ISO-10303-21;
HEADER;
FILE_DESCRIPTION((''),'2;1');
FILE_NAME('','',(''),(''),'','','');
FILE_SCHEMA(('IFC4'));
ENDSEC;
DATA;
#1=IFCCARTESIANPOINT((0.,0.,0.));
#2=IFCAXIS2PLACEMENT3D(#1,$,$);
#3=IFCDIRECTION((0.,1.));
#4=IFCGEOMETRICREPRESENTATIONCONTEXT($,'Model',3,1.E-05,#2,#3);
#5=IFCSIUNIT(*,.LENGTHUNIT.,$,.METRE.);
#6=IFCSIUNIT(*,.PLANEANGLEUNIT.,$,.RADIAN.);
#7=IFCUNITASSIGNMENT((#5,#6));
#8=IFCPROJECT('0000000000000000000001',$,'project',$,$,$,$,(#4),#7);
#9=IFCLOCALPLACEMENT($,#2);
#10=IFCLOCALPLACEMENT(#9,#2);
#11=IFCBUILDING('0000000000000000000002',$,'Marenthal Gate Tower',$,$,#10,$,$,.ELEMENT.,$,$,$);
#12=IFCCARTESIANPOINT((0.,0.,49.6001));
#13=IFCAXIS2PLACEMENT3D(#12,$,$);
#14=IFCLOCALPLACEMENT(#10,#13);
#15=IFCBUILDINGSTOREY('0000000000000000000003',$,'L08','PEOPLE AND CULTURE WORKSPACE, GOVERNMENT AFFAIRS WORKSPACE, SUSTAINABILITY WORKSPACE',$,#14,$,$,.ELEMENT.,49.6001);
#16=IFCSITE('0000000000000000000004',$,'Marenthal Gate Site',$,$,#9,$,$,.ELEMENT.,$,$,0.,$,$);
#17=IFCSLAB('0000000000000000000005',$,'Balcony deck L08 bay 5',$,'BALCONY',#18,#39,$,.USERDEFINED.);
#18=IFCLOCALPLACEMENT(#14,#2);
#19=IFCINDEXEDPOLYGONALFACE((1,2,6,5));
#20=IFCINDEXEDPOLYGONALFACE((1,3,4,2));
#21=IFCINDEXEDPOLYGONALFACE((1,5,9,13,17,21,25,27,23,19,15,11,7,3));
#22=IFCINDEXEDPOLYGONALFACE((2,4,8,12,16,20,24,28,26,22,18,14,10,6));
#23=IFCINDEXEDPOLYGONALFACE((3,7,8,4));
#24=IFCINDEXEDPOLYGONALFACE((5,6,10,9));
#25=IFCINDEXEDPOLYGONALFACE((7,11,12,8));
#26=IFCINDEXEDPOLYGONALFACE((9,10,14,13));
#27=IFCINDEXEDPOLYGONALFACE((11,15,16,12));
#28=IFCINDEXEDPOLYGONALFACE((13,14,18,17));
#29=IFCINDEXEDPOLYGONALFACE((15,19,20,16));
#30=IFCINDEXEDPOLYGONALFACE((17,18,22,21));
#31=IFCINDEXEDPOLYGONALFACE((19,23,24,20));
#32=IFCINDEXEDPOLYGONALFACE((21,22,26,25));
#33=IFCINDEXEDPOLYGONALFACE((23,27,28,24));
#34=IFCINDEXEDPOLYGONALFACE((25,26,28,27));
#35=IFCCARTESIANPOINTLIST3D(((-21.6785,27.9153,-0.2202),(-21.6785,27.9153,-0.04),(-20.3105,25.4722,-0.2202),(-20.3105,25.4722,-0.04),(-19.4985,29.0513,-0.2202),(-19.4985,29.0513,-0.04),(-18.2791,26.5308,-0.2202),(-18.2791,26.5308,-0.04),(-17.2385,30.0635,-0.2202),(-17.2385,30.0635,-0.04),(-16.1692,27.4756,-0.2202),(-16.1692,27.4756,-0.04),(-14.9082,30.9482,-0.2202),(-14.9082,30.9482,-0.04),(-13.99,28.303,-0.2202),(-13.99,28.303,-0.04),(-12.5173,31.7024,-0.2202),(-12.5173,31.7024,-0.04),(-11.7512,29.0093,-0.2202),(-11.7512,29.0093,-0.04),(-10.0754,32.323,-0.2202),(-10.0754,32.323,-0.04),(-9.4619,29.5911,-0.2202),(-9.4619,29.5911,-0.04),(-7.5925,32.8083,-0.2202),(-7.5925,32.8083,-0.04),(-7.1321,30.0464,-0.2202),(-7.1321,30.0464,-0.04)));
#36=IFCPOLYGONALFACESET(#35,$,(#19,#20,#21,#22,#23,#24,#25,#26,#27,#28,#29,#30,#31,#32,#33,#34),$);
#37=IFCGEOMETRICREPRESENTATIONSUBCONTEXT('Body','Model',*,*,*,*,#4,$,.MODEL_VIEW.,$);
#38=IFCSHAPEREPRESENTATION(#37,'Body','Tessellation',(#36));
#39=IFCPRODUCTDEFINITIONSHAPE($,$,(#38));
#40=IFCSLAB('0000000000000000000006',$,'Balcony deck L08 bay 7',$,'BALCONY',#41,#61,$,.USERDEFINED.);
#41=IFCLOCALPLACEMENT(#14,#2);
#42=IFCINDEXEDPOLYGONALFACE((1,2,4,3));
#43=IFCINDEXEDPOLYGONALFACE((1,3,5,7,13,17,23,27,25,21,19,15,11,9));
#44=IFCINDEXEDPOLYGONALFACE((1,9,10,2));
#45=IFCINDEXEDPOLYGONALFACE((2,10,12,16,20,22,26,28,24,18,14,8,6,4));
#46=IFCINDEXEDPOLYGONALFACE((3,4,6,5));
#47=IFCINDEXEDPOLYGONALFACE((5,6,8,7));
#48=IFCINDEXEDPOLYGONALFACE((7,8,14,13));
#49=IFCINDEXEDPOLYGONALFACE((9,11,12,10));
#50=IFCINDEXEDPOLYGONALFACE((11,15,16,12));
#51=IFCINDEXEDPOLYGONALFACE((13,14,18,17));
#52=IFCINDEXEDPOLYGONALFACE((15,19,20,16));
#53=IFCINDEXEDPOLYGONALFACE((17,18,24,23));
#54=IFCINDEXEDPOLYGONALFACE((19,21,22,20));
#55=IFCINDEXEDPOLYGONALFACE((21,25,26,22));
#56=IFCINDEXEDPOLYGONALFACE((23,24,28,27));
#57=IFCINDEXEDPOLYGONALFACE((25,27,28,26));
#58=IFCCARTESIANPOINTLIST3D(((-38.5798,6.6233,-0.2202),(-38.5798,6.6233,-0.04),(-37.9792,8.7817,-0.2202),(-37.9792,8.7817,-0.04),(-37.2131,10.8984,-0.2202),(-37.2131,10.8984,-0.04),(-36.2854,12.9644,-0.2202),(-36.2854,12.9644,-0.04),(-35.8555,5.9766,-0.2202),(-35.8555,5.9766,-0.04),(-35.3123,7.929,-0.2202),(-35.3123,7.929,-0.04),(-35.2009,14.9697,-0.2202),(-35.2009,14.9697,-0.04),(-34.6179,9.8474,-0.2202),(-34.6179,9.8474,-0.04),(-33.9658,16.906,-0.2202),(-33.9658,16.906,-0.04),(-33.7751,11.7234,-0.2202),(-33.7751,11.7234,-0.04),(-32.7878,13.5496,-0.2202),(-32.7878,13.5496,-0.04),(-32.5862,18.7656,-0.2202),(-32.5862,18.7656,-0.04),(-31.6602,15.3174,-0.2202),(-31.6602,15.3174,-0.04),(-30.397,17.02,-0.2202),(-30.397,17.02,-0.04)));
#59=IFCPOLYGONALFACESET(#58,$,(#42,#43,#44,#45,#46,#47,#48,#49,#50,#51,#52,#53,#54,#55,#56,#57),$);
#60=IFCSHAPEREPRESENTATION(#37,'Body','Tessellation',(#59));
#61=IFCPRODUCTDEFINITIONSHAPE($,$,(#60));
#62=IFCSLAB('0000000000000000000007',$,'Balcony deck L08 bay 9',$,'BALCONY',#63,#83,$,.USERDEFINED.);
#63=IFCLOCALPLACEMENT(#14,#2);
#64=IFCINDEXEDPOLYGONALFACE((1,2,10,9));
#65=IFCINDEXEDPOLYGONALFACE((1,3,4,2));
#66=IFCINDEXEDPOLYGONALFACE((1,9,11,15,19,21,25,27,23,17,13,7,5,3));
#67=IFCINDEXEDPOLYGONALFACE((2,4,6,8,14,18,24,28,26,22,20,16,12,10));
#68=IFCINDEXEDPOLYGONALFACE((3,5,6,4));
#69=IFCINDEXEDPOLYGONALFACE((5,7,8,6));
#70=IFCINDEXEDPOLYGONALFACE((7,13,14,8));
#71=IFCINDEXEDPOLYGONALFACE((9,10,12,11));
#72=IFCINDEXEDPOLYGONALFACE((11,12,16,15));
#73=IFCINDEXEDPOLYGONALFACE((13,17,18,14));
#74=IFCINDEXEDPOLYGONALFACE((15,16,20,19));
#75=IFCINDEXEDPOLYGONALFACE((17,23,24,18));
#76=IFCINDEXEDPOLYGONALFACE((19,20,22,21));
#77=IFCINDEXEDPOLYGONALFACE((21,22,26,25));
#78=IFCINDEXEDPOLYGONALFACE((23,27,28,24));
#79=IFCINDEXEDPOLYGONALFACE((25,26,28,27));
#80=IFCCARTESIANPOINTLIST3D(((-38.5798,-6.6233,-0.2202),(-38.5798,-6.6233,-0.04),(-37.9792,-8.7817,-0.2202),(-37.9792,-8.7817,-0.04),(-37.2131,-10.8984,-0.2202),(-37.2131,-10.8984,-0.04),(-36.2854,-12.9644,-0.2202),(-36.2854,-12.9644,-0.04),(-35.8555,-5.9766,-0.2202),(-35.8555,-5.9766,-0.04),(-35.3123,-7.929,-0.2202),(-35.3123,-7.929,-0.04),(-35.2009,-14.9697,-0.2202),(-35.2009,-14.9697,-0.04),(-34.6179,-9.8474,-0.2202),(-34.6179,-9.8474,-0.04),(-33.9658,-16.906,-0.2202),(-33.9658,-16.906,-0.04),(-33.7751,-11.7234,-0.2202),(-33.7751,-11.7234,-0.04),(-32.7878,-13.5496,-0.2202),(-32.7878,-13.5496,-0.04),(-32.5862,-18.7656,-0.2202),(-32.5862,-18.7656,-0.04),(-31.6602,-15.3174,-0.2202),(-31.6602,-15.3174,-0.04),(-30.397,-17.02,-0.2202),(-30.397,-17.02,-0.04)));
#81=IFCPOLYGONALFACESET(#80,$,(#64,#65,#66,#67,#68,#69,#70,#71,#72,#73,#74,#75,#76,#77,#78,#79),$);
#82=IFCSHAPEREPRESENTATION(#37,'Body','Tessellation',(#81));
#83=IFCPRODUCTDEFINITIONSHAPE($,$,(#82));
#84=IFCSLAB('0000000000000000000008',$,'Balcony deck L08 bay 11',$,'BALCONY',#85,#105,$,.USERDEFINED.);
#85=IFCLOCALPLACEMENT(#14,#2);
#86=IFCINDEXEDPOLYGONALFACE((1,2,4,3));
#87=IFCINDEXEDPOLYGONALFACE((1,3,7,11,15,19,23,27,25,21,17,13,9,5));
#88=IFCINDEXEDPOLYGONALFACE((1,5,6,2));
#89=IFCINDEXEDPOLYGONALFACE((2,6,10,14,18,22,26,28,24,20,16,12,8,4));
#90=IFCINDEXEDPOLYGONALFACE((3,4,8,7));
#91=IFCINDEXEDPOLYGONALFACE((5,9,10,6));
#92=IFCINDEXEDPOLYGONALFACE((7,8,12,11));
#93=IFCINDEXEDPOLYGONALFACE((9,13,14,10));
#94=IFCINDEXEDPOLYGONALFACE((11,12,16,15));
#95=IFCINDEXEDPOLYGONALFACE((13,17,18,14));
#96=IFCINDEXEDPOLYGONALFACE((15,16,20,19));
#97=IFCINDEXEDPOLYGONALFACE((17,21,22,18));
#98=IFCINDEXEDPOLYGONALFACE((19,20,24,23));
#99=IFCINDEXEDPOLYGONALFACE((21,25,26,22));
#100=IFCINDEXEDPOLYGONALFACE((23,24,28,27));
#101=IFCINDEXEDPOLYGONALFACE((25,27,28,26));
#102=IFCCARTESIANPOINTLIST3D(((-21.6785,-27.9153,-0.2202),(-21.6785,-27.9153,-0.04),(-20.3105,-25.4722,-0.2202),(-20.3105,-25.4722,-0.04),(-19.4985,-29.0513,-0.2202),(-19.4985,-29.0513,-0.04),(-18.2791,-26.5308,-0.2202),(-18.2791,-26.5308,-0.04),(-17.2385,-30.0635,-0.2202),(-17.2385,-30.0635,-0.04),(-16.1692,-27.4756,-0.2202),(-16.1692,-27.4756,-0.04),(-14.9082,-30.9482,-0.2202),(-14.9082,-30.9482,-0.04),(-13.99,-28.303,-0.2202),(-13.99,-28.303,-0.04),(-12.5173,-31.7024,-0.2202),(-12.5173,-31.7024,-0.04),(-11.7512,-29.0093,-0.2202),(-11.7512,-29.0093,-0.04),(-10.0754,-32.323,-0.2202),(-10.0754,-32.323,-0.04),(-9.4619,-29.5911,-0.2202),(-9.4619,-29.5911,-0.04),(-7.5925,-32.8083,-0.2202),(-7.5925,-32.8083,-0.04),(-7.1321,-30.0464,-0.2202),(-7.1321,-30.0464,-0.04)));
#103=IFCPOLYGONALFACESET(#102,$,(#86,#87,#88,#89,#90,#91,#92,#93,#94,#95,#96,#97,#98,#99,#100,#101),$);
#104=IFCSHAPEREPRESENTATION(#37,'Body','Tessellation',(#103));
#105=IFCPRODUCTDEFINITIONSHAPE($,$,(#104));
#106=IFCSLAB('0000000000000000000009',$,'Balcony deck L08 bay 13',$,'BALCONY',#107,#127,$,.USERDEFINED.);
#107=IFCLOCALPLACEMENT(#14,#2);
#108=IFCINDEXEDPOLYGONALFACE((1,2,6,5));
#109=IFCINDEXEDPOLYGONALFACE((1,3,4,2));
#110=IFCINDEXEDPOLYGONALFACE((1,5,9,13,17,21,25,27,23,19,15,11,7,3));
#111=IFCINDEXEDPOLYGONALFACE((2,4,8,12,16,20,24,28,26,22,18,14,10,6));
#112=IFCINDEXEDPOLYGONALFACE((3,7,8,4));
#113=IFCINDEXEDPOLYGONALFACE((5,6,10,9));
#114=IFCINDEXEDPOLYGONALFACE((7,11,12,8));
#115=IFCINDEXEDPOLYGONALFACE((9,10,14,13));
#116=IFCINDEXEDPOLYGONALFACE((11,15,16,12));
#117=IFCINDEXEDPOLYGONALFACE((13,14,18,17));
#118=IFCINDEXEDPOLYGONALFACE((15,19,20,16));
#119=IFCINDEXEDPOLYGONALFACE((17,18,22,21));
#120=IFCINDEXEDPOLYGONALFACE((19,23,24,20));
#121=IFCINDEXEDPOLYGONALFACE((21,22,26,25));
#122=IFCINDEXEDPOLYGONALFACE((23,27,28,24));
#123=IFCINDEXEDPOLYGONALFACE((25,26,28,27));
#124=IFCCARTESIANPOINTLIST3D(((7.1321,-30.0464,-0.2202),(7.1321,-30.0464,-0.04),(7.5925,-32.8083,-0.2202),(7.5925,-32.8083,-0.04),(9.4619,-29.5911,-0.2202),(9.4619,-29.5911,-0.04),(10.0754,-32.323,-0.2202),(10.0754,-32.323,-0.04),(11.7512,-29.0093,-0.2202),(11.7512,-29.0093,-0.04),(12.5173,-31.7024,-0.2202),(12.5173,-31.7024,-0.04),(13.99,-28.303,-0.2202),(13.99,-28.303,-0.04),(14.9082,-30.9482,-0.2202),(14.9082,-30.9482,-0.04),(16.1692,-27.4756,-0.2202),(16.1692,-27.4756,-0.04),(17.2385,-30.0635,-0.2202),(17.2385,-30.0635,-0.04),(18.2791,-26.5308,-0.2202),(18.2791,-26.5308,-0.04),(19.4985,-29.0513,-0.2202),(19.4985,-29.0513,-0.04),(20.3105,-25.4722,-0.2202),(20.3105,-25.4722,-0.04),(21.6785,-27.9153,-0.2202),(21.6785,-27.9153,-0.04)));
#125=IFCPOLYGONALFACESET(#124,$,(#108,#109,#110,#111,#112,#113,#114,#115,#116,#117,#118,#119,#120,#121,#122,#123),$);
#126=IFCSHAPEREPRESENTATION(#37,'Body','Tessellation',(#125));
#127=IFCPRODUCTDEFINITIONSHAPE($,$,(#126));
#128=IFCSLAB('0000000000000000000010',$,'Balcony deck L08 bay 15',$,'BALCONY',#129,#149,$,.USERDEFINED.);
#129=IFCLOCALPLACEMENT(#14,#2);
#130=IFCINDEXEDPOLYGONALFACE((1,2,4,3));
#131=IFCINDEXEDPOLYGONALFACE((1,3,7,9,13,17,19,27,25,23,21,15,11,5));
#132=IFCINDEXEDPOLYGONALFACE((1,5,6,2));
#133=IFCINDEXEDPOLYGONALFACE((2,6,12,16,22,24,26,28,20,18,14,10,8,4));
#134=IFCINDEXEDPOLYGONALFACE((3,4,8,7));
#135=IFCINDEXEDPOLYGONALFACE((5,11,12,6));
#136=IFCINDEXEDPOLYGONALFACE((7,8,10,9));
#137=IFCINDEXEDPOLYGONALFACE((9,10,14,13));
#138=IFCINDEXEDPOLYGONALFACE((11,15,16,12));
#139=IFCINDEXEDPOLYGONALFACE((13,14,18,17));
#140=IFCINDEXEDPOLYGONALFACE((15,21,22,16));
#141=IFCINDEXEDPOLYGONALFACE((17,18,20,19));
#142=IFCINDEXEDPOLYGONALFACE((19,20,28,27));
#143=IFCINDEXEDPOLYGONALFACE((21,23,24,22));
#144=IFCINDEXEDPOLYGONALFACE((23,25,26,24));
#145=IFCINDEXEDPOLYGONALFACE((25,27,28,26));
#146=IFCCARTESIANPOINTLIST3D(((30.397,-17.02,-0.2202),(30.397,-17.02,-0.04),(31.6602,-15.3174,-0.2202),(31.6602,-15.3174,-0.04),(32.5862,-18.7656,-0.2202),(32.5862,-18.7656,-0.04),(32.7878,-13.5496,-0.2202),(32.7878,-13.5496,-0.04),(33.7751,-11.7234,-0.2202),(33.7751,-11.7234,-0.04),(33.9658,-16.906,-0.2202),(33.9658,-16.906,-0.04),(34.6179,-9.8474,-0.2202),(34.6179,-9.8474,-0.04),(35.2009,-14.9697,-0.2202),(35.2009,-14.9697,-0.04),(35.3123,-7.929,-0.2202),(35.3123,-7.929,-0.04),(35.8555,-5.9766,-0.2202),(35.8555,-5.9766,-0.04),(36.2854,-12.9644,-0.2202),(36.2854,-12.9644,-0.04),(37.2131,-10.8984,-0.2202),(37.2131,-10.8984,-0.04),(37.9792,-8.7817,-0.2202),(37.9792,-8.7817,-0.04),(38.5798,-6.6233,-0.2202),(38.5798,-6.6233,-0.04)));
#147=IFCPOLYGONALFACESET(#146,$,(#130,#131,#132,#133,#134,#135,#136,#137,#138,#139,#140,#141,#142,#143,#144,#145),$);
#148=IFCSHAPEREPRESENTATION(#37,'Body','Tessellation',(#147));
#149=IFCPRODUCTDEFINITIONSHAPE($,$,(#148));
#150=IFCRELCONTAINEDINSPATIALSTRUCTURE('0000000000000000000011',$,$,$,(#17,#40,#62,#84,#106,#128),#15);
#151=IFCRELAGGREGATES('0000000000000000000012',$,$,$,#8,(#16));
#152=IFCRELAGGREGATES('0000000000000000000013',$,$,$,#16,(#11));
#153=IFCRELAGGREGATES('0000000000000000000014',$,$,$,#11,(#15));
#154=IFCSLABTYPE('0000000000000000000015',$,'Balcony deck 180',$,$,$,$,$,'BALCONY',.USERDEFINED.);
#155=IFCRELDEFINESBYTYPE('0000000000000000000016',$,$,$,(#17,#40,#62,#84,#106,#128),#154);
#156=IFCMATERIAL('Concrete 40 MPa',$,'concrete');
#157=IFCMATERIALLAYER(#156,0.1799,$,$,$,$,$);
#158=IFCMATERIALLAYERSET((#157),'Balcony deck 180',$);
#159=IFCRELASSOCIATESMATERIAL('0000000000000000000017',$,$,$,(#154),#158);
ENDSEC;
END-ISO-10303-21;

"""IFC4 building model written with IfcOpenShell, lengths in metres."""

from ifc_helpers import new_model, si_unit, direction, frame, origin, place, context, subcontext, project, spatial, polyline, outline, extrude, material, layer, layer_set, type_object, element, save


model = new_model("IFC4")

# Units and contexts
model_context = context("Model", 3, precision=1e-05, world=origin(), true_north=direction((0.0, 1.0)))
body_context = subcontext(model_context, "Body", "Model", "MODEL_VIEW")
ifc_project = project(units=[si_unit("LENGTHUNIT", "METRE"), si_unit("PLANEANGLEUNIT", "RADIAN")], contexts=[model_context])

# Site, building, storey
site_placement = place(None, origin())
site = spatial("IfcSite", under=ifc_project, at=site_placement, Name="Marenthal Gate Site", CompositionType="ELEMENT", RefElevation=0.0)
building_placement = place(site_placement, origin())
building = spatial("IfcBuilding", under=site, at=building_placement, Name="Marenthal Gate Tower", CompositionType="ELEMENT")
storey_placement = place(building_placement, frame((0.0, 0.0, 49.6001)))
storey = spatial("IfcBuildingStorey", under=building, at=storey_placement, Name="L08", Description="PEOPLE AND CULTURE WORKSPACE, GOVERNMENT AFFAIRS WORKSPACE, SUSTAINABILITY WORKSPACE", CompositionType="ELEMENT", Elevation=49.6001)

# Slabs
ifc_material_1 = material(Name="Concrete 40 MPa", Category="concrete")
ifc_layer_1 = layer(ifc_material_1, 0.1799)
ifc_layer_set_1 = layer_set([ifc_layer_1], Name="Balcony deck 180")
slab_type_1 = type_object("IfcSlabType", Name="Balcony deck 180", ElementType="BALCONY", PredefinedType="USERDEFINED", material=ifc_layer_set_1)
slab_1_placement = place(storey_placement, frame((0.0, 0.0, -0.2202)))
element("IfcSlab", 1, at=slab_1_placement, inside=storey, type_object=slab_type_1, Name="Balcony deck L08 bay 5", ObjectType="BALCONY", PredefinedType="USERDEFINED", context=body_context, shape_type="SweptSolid", body=[
    extrude(outline(polyline([(-7.1321, 30.0464), (-9.4619, 29.5911), (-11.7512, 29.0093), (-13.99, 28.303), (-16.1692, 27.4756), (-18.2791, 26.5308), (-20.3105, 25.4722), (-21.6785, 27.9153), (-19.4985, 29.0513), (-17.2385, 30.0635), (-14.9082, 30.9482), (-12.5173, 31.7024), (-10.0754, 32.323), (-7.5925, 32.8083), (-7.1321, 30.0464)])), origin(), (0.0, 0.0, 1.0), 0.1802),
])
slab_2_placement = place(storey_placement, frame((0.0, 0.0, -0.2202)))
element("IfcSlab", 2, at=slab_2_placement, inside=storey, type_object=slab_type_1, Name="Balcony deck L08 bay 7", ObjectType="BALCONY", PredefinedType="USERDEFINED", context=body_context, shape_type="SweptSolid", body=[
    extrude(outline(polyline([(-30.397, 17.02), (-31.6602, 15.3174), (-32.7878, 13.5496), (-33.7751, 11.7234), (-34.6179, 9.8474), (-35.3123, 7.929), (-35.8555, 5.9766), (-38.5798, 6.6233), (-37.9792, 8.7817), (-37.2131, 10.8984), (-36.2854, 12.9644), (-35.2009, 14.9697), (-33.9658, 16.906), (-32.5862, 18.7656), (-30.397, 17.02)])), origin(), (0.0, 0.0, 1.0), 0.1802),
])
slab_3_placement = place(storey_placement, frame((0.0, 0.0, -0.2202)))
element("IfcSlab", 3, at=slab_3_placement, inside=storey, type_object=slab_type_1, Name="Balcony deck L08 bay 9", ObjectType="BALCONY", PredefinedType="USERDEFINED", context=body_context, shape_type="SweptSolid", body=[
    extrude(outline(polyline([(-35.8555, -5.9766), (-35.3123, -7.929), (-34.6179, -9.8474), (-33.7751, -11.7234), (-32.7878, -13.5496), (-31.6602, -15.3174), (-30.397, -17.02), (-32.5862, -18.7656), (-33.9658, -16.906), (-35.2009, -14.9697), (-36.2854, -12.9644), (-37.2131, -10.8984), (-37.9792, -8.7817), (-38.5798, -6.6233), (-35.8555, -5.9766)])), origin(), (0.0, 0.0, 1.0), 0.1802),
])
slab_4_placement = place(storey_placement, frame((0.0, 0.0, -0.2202)))
element("IfcSlab", 4, at=slab_4_placement, inside=storey, type_object=slab_type_1, Name="Balcony deck L08 bay 11", ObjectType="BALCONY", PredefinedType="USERDEFINED", context=body_context, shape_type="SweptSolid", body=[
    extrude(outline(polyline([(-20.3105, -25.4722), (-18.2791, -26.5308), (-16.1692, -27.4756), (-13.99, -28.303), (-11.7512, -29.0093), (-9.4619, -29.5911), (-7.1321, -30.0464), (-7.5925, -32.8083), (-10.0754, -32.323), (-12.5173, -31.7024), (-14.9082, -30.9482), (-17.2385, -30.0635), (-19.4985, -29.0513), (-21.6785, -27.9153), (-20.3105, -25.4722)])), origin(), (0.0, 0.0, 1.0), 0.1802),
])
slab_5_placement = place(storey_placement, frame((0.0, 0.0, -0.2202)))
element("IfcSlab", 5, at=slab_5_placement, inside=storey, type_object=slab_type_1, Name="Balcony deck L08 bay 13", ObjectType="BALCONY", PredefinedType="USERDEFINED", context=body_context, shape_type="SweptSolid", body=[
    extrude(outline(polyline([(7.1321, -30.0464), (9.4619, -29.5911), (11.7512, -29.0093), (13.99, -28.303), (16.1692, -27.4756), (18.2791, -26.5308), (20.3105, -25.4722), (21.6785, -27.9153), (19.4985, -29.0513), (17.2385, -30.0635), (14.9082, -30.9482), (12.5173, -31.7024), (10.0754, -32.323), (7.5925, -32.8083), (7.1321, -30.0464)])), origin(), (0.0, 0.0, 1.0), 0.1802),
])
slab_6_placement = place(storey_placement, frame((0.0, 0.0, -0.2202)))
element("IfcSlab", 6, at=slab_6_placement, inside=storey, type_object=slab_type_1, Name="Balcony deck L08 bay 15", ObjectType="BALCONY", PredefinedType="USERDEFINED", context=body_context, shape_type="SweptSolid", body=[
    extrude(outline(polyline([(30.397, -17.02), (31.6602, -15.3174), (32.7878, -13.5496), (33.7751, -11.7234), (34.6179, -9.8474), (35.3123, -7.929), (35.8555, -5.9766), (38.5798, -6.6233), (37.9792, -8.7817), (37.2131, -10.8984), (36.2854, -12.9644), (35.2009, -14.9697), (33.9658, -16.906), (32.5862, -18.7656), (30.397, -17.02)])), origin(), (0.0, 0.0, 1.0), 0.1802),
])

save(model, "model.ifc")
